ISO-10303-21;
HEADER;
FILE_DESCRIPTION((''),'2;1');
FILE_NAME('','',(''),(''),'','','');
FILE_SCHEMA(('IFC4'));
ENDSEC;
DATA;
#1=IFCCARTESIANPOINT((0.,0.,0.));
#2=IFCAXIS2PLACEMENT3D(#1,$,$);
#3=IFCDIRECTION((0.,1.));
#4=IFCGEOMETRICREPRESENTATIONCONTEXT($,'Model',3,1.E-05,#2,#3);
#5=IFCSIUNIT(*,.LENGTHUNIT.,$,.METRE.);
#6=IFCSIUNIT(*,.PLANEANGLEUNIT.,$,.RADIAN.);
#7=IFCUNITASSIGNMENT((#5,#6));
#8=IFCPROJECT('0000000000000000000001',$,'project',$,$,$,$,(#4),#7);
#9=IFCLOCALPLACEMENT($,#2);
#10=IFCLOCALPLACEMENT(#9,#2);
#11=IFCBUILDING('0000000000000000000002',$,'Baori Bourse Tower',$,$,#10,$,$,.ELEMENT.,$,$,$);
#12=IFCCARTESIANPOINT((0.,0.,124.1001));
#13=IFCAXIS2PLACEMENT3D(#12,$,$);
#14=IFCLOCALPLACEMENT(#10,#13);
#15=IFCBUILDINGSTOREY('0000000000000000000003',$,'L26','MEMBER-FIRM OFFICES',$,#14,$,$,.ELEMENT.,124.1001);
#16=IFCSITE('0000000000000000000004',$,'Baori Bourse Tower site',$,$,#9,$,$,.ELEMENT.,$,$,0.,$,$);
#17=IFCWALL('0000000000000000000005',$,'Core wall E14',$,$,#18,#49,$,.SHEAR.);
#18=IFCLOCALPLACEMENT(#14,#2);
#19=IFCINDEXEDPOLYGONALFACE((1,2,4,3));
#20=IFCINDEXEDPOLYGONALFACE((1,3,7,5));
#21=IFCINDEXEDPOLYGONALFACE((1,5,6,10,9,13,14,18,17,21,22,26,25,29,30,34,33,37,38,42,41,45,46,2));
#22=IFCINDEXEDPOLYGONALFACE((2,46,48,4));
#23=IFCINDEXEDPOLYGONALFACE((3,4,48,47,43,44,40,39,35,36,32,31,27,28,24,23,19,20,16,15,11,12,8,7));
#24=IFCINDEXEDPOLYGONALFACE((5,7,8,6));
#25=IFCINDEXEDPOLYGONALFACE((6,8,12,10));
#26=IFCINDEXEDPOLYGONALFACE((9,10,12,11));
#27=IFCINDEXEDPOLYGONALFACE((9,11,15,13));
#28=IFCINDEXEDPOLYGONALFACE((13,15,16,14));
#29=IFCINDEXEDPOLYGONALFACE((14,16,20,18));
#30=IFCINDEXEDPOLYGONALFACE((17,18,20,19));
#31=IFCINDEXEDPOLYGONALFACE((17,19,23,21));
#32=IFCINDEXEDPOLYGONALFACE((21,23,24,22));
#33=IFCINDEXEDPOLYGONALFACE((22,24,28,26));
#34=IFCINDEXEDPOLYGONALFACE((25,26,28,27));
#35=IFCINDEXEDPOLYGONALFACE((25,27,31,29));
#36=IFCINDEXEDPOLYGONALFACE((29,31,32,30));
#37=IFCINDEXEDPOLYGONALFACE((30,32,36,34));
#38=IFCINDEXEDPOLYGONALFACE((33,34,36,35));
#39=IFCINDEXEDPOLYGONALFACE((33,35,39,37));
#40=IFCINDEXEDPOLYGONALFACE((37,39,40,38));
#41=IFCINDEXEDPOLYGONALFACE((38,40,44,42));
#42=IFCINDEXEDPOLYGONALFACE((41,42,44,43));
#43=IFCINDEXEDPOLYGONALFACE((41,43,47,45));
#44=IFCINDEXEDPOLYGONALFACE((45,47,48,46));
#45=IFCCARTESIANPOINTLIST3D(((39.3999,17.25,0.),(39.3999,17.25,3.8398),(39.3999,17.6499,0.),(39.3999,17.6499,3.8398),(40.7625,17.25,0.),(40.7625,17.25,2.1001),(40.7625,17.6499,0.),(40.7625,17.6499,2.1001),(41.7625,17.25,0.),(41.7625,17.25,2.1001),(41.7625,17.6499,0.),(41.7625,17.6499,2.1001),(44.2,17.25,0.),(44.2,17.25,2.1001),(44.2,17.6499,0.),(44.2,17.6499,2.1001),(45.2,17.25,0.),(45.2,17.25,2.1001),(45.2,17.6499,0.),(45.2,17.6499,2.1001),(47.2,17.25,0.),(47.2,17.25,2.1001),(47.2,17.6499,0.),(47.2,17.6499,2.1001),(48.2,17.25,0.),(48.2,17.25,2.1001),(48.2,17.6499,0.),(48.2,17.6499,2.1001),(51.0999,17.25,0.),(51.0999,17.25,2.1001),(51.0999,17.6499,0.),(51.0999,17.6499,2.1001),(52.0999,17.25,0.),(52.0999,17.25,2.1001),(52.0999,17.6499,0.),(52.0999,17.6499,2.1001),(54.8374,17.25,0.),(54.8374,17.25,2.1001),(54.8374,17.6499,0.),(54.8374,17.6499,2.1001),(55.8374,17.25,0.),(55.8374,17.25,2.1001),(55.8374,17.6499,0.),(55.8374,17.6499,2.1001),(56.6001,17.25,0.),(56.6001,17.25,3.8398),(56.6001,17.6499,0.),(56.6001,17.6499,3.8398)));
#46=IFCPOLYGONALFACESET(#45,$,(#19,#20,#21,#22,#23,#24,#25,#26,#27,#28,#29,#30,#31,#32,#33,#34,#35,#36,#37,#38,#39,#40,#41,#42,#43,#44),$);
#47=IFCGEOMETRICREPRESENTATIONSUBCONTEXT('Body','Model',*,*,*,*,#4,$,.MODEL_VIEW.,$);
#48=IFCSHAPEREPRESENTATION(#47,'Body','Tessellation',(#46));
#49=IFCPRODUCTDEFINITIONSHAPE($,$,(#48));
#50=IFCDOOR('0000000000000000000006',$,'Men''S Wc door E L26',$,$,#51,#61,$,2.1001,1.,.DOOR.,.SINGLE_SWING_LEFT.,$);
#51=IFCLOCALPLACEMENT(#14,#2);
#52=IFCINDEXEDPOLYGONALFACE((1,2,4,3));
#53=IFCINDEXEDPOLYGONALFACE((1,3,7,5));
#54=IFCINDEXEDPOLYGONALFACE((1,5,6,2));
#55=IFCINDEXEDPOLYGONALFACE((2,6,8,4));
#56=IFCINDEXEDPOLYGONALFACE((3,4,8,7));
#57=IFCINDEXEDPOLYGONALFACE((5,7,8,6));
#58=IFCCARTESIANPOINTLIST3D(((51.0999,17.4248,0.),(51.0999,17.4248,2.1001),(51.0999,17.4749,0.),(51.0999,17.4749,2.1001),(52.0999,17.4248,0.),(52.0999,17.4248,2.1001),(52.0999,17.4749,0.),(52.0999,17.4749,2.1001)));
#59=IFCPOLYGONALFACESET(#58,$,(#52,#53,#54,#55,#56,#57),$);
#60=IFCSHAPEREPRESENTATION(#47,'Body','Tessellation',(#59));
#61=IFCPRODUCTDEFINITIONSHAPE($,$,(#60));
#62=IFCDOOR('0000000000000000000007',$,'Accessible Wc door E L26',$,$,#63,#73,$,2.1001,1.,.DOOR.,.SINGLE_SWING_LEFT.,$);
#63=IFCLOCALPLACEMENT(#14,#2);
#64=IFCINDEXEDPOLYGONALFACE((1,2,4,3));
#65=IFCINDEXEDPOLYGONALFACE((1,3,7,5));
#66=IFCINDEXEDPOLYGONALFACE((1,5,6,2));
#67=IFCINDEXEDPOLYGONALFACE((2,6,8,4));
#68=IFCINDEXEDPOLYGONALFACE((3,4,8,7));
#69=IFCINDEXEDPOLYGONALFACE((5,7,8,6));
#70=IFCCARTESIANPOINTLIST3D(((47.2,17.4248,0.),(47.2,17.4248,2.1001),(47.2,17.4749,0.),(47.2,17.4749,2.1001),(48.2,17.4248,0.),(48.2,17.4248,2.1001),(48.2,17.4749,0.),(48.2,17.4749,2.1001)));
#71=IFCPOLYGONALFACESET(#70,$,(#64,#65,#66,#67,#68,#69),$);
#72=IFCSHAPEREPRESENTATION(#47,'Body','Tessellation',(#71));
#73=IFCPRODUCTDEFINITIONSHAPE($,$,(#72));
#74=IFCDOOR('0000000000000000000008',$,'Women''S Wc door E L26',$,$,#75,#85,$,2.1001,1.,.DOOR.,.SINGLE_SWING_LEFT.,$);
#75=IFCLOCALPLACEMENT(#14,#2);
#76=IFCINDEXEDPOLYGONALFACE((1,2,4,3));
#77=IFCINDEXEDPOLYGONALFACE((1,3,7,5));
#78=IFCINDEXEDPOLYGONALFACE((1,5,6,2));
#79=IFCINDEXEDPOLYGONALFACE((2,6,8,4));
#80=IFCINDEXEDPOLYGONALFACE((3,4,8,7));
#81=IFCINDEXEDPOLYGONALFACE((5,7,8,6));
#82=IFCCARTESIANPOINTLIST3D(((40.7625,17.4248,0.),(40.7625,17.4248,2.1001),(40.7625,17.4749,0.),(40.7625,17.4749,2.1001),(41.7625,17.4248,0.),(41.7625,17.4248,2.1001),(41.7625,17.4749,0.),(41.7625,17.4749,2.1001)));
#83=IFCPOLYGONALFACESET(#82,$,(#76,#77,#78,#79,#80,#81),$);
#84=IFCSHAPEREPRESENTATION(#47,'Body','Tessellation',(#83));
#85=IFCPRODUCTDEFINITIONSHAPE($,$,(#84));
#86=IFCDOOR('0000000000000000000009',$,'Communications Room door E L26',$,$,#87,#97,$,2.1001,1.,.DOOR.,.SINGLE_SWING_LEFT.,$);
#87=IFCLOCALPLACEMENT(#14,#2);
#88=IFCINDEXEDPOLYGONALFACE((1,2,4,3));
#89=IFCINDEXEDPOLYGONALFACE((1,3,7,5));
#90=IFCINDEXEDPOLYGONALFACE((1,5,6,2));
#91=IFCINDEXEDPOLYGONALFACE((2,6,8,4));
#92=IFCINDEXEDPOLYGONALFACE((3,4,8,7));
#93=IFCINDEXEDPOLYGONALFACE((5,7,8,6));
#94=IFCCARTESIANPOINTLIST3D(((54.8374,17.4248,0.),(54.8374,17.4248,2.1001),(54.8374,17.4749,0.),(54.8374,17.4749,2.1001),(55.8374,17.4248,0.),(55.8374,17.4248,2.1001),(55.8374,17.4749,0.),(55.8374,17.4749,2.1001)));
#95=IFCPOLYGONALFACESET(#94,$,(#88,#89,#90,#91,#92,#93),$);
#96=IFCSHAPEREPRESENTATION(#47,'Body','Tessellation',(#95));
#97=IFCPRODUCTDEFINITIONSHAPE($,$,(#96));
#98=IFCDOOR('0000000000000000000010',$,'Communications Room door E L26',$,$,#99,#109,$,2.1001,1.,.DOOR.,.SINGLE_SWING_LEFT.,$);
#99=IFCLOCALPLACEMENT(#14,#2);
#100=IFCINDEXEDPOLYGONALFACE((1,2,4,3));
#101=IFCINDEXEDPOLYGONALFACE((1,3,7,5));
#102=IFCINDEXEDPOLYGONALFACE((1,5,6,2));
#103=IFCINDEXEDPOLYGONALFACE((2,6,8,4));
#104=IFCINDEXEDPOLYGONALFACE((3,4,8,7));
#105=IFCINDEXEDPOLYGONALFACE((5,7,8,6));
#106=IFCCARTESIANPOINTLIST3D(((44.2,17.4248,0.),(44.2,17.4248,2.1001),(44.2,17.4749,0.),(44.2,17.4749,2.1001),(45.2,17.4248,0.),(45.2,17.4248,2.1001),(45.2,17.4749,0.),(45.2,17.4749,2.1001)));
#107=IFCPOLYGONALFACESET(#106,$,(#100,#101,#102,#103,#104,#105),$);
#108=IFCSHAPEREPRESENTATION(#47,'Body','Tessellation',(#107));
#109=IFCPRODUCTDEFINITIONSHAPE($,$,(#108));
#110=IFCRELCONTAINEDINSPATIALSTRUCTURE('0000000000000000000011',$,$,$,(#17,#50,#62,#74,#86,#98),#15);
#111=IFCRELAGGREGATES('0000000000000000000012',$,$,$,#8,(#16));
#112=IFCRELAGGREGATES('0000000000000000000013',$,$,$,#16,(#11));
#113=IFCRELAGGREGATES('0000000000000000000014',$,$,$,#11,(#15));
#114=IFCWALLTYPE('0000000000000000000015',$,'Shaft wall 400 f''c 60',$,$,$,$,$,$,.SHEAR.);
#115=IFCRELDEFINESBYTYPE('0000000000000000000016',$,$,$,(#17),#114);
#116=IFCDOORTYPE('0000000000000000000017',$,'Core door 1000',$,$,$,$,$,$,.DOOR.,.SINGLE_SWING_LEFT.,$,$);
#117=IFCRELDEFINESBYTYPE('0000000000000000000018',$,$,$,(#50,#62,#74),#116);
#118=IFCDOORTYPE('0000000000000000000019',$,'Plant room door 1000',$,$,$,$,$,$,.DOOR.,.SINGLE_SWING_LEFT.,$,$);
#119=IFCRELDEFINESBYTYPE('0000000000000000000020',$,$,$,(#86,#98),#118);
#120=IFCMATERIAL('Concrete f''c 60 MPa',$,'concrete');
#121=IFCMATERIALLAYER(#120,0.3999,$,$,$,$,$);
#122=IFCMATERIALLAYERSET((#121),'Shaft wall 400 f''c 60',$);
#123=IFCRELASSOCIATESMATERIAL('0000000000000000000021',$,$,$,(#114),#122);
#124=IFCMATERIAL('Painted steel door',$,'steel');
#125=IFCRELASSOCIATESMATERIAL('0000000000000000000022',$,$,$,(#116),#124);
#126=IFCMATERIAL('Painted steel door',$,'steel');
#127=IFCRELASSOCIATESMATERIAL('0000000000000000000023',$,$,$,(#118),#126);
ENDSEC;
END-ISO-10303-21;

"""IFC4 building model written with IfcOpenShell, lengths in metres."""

from ifc_helpers import new_model, si_unit, direction, frame, frame_2d, origin, place, context, subcontext, project, spatial, rectangle, extrude, material, layer, layer_set, type_object, element, fill, save


model = new_model("IFC4")

# Units and contexts
model_context = context("Model", 3, precision=1e-05, world=origin(), true_north=direction((0.0, 1.0)))
body_context = subcontext(model_context, "Body", "Model", "MODEL_VIEW")
ifc_project = project(units=[si_unit("LENGTHUNIT", "METRE"), si_unit("PLANEANGLEUNIT", "RADIAN")], contexts=[model_context])

# Site, building, storey
site_placement = place(None, origin())
site = spatial("IfcSite", under=ifc_project, at=site_placement, Name="Baori Bourse Tower site", CompositionType="ELEMENT", RefElevation=0.0)
building_placement = place(site_placement, origin())
building = spatial("IfcBuilding", under=site, at=building_placement, Name="Baori Bourse Tower", CompositionType="ELEMENT")
storey_placement = place(building_placement, frame((0.0, 0.0, 124.1001)))
storey = spatial("IfcBuildingStorey", under=building, at=storey_placement, Name="L26", Description="MEMBER-FIRM OFFICES", CompositionType="ELEMENT", Elevation=124.1001)

# Shared definitions
ifc_material_1 = material(Name="Concrete f'c 60 MPa", Category="concrete")
ifc_layer_1 = layer(ifc_material_1, 0.3999)
ifc_layer_set_1 = layer_set([ifc_layer_1], Name="Shaft wall 400 f'c 60")
wall_type_1 = type_object("IfcWallType", Name="Shaft wall 400 f'c 60", PredefinedType="SHEAR", material=ifc_layer_set_1)

# Wall, openings, doors
wall_1_placement = place(storey_placement, frame((39.3999, 17.45, 0.0), z_axis=(0.0, 0.0, 1.0), x_axis=(1.0, 0.0, 0.0)))
wall_1 = element("IfcWall", 1, at=wall_1_placement, inside=storey, type_object=wall_type_1, Name="Core wall E14", PredefinedType="SHEAR", context=body_context, shape_type="SweptSolid", body=[
    extrude(rectangle(XDim=17.2002, YDim=0.3999, at=frame_2d((8.6001, 0.0))), origin(), (0.0, 0.0, 1.0), 3.8398),
])
opening_1_placement = place(wall_1_placement, frame((15.4375, 0.0, 0.0)))
opening_1 = element("IfcOpeningElement", 2, at=opening_1_placement, cuts=wall_1, PredefinedType="OPENING", context=body_context, shape_type="SweptSolid", body=[
    extrude(rectangle(XDim=1.0, YDim=2.1001, at=frame_2d((0.5, 1.05))), frame((0.0, 0.21, 0.0), z_axis=(0.0, -1.0, 0.0), x_axis=(1.0, 0.0, 0.0)), (0.0, 0.0, 1.0), 0.4199),
])
opening_2_placement = place(wall_1_placement, frame((11.7, 0.0, 0.0)))
opening_2 = element("IfcOpeningElement", 3, at=opening_2_placement, cuts=wall_1, PredefinedType="OPENING", context=body_context, shape_type="SweptSolid", body=[
    extrude(rectangle(XDim=1.0, YDim=2.1001, at=frame_2d((0.5, 1.05))), frame((0.0, 0.21, 0.0), z_axis=(0.0, -1.0, 0.0), x_axis=(1.0, 0.0, 0.0)), (0.0, 0.0, 1.0), 0.4199),
])
opening_3_placement = place(wall_1_placement, frame((7.8, 0.0, 0.0)))
opening_3 = element("IfcOpeningElement", 4, at=opening_3_placement, cuts=wall_1, PredefinedType="OPENING", context=body_context, shape_type="SweptSolid", body=[
    extrude(rectangle(XDim=1.0, YDim=2.1001, at=frame_2d((0.5, 1.05))), frame((0.0, 0.21, 0.0), z_axis=(0.0, -1.0, 0.0), x_axis=(1.0, 0.0, 0.0)), (0.0, 0.0, 1.0), 0.4199),
])
opening_4_placement = place(wall_1_placement, frame((4.8, 0.0, 0.0)))
opening_4 = element("IfcOpeningElement", 5, at=opening_4_placement, cuts=wall_1, PredefinedType="OPENING", context=body_context, shape_type="SweptSolid", body=[
    extrude(rectangle(XDim=1.0, YDim=2.1001, at=frame_2d((0.5, 1.05))), frame((0.0, 0.21, 0.0), z_axis=(0.0, -1.0, 0.0), x_axis=(1.0, 0.0, 0.0)), (0.0, 0.0, 1.0), 0.4199),
])
opening_5_placement = place(wall_1_placement, frame((1.3625, 0.0, 0.0)))
opening_5 = element("IfcOpeningElement", 6, at=opening_5_placement, cuts=wall_1, PredefinedType="OPENING", context=body_context, shape_type="SweptSolid", body=[
    extrude(rectangle(XDim=1.0, YDim=2.1001, at=frame_2d((0.5, 1.05))), frame((0.0, 0.21, 0.0), z_axis=(0.0, -1.0, 0.0), x_axis=(1.0, 0.0, 0.0)), (0.0, 0.0, 1.0), 0.4199),
])
ifc_material_2 = material(Name="Painted steel door", Category="steel")
door_type_1 = type_object("IfcDoorType", Name="Core door 1000", OperationType="SINGLE_SWING_LEFT", PredefinedType="DOOR", material=ifc_material_2)
door_1_placement = place(opening_2_placement, origin())
door_1 = element("IfcDoor", 7, at=door_1_placement, inside=storey, type_object=door_type_1, Name="Men'S Wc door E L26", OperationType="SINGLE_SWING_LEFT", OverallHeight=2.1001, OverallWidth=1.0, PredefinedType="DOOR", context=body_context, shape_type="SweptSolid", body=[
    extrude(rectangle(XDim=1.0, YDim=2.1001, at=frame_2d((0.5, 1.05))), frame((0.0, 0.0249, 0.0), z_axis=(0.0, -1.0, 0.0), x_axis=(1.0, 0.0, 0.0)), (0.0, 0.0, 1.0), 0.05),
])
fill(opening_2, door_1)
door_2_placement = place(opening_3_placement, origin())
door_2 = element("IfcDoor", 8, at=door_2_placement, inside=storey, type_object=door_type_1, Name="Accessible Wc door E L26", OperationType="SINGLE_SWING_LEFT", OverallHeight=2.1001, OverallWidth=1.0, PredefinedType="DOOR", context=body_context, shape_type="SweptSolid", body=[
    extrude(rectangle(XDim=1.0, YDim=2.1001, at=frame_2d((0.5, 1.05))), frame((0.0, 0.0249, 0.0), z_axis=(0.0, -1.0, 0.0), x_axis=(1.0, 0.0, 0.0)), (0.0, 0.0, 1.0), 0.05),
])
fill(opening_3, door_2)
door_3_placement = place(opening_5_placement, origin())
door_3 = element("IfcDoor", 9, at=door_3_placement, inside=storey, type_object=door_type_1, Name="Women'S Wc door E L26", OperationType="SINGLE_SWING_LEFT", OverallHeight=2.1001, OverallWidth=1.0, PredefinedType="DOOR", context=body_context, shape_type="SweptSolid", body=[
    extrude(rectangle(XDim=1.0, YDim=2.1001, at=frame_2d((0.5, 1.05))), frame((0.0, 0.0249, 0.0), z_axis=(0.0, -1.0, 0.0), x_axis=(1.0, 0.0, 0.0)), (0.0, 0.0, 1.0), 0.05),
])
fill(opening_5, door_3)
ifc_material_3 = material(Name="Painted steel door", Category="steel")
door_type_2 = type_object("IfcDoorType", Name="Plant room door 1000", OperationType="SINGLE_SWING_LEFT", PredefinedType="DOOR", material=ifc_material_3)
door_4_placement = place(opening_1_placement, origin())
door_4 = element("IfcDoor", 10, at=door_4_placement, inside=storey, type_object=door_type_2, Name="Communications Room door E L26", OperationType="SINGLE_SWING_LEFT", OverallHeight=2.1001, OverallWidth=1.0, PredefinedType="DOOR", context=body_context, shape_type="SweptSolid", body=[
    extrude(rectangle(XDim=1.0, YDim=2.1001, at=frame_2d((0.5, 1.05))), frame((0.0, 0.0249, 0.0), z_axis=(0.0, -1.0, 0.0), x_axis=(1.0, 0.0, 0.0)), (0.0, 0.0, 1.0), 0.05),
])
fill(opening_1, door_4)
door_5_placement = place(opening_4_placement, origin())
door_5 = element("IfcDoor", 11, at=door_5_placement, inside=storey, type_object=door_type_2, Name="Communications Room door E L26", OperationType="SINGLE_SWING_LEFT", OverallHeight=2.1001, OverallWidth=1.0, PredefinedType="DOOR", context=body_context, shape_type="SweptSolid", body=[
    extrude(rectangle(XDim=1.0, YDim=2.1001, at=frame_2d((0.5, 1.05))), frame((0.0, 0.0249, 0.0), z_axis=(0.0, -1.0, 0.0), x_axis=(1.0, 0.0, 0.0)), (0.0, 0.0, 1.0), 0.05),
])
fill(opening_4, door_5)

save(model, "model.ifc")
